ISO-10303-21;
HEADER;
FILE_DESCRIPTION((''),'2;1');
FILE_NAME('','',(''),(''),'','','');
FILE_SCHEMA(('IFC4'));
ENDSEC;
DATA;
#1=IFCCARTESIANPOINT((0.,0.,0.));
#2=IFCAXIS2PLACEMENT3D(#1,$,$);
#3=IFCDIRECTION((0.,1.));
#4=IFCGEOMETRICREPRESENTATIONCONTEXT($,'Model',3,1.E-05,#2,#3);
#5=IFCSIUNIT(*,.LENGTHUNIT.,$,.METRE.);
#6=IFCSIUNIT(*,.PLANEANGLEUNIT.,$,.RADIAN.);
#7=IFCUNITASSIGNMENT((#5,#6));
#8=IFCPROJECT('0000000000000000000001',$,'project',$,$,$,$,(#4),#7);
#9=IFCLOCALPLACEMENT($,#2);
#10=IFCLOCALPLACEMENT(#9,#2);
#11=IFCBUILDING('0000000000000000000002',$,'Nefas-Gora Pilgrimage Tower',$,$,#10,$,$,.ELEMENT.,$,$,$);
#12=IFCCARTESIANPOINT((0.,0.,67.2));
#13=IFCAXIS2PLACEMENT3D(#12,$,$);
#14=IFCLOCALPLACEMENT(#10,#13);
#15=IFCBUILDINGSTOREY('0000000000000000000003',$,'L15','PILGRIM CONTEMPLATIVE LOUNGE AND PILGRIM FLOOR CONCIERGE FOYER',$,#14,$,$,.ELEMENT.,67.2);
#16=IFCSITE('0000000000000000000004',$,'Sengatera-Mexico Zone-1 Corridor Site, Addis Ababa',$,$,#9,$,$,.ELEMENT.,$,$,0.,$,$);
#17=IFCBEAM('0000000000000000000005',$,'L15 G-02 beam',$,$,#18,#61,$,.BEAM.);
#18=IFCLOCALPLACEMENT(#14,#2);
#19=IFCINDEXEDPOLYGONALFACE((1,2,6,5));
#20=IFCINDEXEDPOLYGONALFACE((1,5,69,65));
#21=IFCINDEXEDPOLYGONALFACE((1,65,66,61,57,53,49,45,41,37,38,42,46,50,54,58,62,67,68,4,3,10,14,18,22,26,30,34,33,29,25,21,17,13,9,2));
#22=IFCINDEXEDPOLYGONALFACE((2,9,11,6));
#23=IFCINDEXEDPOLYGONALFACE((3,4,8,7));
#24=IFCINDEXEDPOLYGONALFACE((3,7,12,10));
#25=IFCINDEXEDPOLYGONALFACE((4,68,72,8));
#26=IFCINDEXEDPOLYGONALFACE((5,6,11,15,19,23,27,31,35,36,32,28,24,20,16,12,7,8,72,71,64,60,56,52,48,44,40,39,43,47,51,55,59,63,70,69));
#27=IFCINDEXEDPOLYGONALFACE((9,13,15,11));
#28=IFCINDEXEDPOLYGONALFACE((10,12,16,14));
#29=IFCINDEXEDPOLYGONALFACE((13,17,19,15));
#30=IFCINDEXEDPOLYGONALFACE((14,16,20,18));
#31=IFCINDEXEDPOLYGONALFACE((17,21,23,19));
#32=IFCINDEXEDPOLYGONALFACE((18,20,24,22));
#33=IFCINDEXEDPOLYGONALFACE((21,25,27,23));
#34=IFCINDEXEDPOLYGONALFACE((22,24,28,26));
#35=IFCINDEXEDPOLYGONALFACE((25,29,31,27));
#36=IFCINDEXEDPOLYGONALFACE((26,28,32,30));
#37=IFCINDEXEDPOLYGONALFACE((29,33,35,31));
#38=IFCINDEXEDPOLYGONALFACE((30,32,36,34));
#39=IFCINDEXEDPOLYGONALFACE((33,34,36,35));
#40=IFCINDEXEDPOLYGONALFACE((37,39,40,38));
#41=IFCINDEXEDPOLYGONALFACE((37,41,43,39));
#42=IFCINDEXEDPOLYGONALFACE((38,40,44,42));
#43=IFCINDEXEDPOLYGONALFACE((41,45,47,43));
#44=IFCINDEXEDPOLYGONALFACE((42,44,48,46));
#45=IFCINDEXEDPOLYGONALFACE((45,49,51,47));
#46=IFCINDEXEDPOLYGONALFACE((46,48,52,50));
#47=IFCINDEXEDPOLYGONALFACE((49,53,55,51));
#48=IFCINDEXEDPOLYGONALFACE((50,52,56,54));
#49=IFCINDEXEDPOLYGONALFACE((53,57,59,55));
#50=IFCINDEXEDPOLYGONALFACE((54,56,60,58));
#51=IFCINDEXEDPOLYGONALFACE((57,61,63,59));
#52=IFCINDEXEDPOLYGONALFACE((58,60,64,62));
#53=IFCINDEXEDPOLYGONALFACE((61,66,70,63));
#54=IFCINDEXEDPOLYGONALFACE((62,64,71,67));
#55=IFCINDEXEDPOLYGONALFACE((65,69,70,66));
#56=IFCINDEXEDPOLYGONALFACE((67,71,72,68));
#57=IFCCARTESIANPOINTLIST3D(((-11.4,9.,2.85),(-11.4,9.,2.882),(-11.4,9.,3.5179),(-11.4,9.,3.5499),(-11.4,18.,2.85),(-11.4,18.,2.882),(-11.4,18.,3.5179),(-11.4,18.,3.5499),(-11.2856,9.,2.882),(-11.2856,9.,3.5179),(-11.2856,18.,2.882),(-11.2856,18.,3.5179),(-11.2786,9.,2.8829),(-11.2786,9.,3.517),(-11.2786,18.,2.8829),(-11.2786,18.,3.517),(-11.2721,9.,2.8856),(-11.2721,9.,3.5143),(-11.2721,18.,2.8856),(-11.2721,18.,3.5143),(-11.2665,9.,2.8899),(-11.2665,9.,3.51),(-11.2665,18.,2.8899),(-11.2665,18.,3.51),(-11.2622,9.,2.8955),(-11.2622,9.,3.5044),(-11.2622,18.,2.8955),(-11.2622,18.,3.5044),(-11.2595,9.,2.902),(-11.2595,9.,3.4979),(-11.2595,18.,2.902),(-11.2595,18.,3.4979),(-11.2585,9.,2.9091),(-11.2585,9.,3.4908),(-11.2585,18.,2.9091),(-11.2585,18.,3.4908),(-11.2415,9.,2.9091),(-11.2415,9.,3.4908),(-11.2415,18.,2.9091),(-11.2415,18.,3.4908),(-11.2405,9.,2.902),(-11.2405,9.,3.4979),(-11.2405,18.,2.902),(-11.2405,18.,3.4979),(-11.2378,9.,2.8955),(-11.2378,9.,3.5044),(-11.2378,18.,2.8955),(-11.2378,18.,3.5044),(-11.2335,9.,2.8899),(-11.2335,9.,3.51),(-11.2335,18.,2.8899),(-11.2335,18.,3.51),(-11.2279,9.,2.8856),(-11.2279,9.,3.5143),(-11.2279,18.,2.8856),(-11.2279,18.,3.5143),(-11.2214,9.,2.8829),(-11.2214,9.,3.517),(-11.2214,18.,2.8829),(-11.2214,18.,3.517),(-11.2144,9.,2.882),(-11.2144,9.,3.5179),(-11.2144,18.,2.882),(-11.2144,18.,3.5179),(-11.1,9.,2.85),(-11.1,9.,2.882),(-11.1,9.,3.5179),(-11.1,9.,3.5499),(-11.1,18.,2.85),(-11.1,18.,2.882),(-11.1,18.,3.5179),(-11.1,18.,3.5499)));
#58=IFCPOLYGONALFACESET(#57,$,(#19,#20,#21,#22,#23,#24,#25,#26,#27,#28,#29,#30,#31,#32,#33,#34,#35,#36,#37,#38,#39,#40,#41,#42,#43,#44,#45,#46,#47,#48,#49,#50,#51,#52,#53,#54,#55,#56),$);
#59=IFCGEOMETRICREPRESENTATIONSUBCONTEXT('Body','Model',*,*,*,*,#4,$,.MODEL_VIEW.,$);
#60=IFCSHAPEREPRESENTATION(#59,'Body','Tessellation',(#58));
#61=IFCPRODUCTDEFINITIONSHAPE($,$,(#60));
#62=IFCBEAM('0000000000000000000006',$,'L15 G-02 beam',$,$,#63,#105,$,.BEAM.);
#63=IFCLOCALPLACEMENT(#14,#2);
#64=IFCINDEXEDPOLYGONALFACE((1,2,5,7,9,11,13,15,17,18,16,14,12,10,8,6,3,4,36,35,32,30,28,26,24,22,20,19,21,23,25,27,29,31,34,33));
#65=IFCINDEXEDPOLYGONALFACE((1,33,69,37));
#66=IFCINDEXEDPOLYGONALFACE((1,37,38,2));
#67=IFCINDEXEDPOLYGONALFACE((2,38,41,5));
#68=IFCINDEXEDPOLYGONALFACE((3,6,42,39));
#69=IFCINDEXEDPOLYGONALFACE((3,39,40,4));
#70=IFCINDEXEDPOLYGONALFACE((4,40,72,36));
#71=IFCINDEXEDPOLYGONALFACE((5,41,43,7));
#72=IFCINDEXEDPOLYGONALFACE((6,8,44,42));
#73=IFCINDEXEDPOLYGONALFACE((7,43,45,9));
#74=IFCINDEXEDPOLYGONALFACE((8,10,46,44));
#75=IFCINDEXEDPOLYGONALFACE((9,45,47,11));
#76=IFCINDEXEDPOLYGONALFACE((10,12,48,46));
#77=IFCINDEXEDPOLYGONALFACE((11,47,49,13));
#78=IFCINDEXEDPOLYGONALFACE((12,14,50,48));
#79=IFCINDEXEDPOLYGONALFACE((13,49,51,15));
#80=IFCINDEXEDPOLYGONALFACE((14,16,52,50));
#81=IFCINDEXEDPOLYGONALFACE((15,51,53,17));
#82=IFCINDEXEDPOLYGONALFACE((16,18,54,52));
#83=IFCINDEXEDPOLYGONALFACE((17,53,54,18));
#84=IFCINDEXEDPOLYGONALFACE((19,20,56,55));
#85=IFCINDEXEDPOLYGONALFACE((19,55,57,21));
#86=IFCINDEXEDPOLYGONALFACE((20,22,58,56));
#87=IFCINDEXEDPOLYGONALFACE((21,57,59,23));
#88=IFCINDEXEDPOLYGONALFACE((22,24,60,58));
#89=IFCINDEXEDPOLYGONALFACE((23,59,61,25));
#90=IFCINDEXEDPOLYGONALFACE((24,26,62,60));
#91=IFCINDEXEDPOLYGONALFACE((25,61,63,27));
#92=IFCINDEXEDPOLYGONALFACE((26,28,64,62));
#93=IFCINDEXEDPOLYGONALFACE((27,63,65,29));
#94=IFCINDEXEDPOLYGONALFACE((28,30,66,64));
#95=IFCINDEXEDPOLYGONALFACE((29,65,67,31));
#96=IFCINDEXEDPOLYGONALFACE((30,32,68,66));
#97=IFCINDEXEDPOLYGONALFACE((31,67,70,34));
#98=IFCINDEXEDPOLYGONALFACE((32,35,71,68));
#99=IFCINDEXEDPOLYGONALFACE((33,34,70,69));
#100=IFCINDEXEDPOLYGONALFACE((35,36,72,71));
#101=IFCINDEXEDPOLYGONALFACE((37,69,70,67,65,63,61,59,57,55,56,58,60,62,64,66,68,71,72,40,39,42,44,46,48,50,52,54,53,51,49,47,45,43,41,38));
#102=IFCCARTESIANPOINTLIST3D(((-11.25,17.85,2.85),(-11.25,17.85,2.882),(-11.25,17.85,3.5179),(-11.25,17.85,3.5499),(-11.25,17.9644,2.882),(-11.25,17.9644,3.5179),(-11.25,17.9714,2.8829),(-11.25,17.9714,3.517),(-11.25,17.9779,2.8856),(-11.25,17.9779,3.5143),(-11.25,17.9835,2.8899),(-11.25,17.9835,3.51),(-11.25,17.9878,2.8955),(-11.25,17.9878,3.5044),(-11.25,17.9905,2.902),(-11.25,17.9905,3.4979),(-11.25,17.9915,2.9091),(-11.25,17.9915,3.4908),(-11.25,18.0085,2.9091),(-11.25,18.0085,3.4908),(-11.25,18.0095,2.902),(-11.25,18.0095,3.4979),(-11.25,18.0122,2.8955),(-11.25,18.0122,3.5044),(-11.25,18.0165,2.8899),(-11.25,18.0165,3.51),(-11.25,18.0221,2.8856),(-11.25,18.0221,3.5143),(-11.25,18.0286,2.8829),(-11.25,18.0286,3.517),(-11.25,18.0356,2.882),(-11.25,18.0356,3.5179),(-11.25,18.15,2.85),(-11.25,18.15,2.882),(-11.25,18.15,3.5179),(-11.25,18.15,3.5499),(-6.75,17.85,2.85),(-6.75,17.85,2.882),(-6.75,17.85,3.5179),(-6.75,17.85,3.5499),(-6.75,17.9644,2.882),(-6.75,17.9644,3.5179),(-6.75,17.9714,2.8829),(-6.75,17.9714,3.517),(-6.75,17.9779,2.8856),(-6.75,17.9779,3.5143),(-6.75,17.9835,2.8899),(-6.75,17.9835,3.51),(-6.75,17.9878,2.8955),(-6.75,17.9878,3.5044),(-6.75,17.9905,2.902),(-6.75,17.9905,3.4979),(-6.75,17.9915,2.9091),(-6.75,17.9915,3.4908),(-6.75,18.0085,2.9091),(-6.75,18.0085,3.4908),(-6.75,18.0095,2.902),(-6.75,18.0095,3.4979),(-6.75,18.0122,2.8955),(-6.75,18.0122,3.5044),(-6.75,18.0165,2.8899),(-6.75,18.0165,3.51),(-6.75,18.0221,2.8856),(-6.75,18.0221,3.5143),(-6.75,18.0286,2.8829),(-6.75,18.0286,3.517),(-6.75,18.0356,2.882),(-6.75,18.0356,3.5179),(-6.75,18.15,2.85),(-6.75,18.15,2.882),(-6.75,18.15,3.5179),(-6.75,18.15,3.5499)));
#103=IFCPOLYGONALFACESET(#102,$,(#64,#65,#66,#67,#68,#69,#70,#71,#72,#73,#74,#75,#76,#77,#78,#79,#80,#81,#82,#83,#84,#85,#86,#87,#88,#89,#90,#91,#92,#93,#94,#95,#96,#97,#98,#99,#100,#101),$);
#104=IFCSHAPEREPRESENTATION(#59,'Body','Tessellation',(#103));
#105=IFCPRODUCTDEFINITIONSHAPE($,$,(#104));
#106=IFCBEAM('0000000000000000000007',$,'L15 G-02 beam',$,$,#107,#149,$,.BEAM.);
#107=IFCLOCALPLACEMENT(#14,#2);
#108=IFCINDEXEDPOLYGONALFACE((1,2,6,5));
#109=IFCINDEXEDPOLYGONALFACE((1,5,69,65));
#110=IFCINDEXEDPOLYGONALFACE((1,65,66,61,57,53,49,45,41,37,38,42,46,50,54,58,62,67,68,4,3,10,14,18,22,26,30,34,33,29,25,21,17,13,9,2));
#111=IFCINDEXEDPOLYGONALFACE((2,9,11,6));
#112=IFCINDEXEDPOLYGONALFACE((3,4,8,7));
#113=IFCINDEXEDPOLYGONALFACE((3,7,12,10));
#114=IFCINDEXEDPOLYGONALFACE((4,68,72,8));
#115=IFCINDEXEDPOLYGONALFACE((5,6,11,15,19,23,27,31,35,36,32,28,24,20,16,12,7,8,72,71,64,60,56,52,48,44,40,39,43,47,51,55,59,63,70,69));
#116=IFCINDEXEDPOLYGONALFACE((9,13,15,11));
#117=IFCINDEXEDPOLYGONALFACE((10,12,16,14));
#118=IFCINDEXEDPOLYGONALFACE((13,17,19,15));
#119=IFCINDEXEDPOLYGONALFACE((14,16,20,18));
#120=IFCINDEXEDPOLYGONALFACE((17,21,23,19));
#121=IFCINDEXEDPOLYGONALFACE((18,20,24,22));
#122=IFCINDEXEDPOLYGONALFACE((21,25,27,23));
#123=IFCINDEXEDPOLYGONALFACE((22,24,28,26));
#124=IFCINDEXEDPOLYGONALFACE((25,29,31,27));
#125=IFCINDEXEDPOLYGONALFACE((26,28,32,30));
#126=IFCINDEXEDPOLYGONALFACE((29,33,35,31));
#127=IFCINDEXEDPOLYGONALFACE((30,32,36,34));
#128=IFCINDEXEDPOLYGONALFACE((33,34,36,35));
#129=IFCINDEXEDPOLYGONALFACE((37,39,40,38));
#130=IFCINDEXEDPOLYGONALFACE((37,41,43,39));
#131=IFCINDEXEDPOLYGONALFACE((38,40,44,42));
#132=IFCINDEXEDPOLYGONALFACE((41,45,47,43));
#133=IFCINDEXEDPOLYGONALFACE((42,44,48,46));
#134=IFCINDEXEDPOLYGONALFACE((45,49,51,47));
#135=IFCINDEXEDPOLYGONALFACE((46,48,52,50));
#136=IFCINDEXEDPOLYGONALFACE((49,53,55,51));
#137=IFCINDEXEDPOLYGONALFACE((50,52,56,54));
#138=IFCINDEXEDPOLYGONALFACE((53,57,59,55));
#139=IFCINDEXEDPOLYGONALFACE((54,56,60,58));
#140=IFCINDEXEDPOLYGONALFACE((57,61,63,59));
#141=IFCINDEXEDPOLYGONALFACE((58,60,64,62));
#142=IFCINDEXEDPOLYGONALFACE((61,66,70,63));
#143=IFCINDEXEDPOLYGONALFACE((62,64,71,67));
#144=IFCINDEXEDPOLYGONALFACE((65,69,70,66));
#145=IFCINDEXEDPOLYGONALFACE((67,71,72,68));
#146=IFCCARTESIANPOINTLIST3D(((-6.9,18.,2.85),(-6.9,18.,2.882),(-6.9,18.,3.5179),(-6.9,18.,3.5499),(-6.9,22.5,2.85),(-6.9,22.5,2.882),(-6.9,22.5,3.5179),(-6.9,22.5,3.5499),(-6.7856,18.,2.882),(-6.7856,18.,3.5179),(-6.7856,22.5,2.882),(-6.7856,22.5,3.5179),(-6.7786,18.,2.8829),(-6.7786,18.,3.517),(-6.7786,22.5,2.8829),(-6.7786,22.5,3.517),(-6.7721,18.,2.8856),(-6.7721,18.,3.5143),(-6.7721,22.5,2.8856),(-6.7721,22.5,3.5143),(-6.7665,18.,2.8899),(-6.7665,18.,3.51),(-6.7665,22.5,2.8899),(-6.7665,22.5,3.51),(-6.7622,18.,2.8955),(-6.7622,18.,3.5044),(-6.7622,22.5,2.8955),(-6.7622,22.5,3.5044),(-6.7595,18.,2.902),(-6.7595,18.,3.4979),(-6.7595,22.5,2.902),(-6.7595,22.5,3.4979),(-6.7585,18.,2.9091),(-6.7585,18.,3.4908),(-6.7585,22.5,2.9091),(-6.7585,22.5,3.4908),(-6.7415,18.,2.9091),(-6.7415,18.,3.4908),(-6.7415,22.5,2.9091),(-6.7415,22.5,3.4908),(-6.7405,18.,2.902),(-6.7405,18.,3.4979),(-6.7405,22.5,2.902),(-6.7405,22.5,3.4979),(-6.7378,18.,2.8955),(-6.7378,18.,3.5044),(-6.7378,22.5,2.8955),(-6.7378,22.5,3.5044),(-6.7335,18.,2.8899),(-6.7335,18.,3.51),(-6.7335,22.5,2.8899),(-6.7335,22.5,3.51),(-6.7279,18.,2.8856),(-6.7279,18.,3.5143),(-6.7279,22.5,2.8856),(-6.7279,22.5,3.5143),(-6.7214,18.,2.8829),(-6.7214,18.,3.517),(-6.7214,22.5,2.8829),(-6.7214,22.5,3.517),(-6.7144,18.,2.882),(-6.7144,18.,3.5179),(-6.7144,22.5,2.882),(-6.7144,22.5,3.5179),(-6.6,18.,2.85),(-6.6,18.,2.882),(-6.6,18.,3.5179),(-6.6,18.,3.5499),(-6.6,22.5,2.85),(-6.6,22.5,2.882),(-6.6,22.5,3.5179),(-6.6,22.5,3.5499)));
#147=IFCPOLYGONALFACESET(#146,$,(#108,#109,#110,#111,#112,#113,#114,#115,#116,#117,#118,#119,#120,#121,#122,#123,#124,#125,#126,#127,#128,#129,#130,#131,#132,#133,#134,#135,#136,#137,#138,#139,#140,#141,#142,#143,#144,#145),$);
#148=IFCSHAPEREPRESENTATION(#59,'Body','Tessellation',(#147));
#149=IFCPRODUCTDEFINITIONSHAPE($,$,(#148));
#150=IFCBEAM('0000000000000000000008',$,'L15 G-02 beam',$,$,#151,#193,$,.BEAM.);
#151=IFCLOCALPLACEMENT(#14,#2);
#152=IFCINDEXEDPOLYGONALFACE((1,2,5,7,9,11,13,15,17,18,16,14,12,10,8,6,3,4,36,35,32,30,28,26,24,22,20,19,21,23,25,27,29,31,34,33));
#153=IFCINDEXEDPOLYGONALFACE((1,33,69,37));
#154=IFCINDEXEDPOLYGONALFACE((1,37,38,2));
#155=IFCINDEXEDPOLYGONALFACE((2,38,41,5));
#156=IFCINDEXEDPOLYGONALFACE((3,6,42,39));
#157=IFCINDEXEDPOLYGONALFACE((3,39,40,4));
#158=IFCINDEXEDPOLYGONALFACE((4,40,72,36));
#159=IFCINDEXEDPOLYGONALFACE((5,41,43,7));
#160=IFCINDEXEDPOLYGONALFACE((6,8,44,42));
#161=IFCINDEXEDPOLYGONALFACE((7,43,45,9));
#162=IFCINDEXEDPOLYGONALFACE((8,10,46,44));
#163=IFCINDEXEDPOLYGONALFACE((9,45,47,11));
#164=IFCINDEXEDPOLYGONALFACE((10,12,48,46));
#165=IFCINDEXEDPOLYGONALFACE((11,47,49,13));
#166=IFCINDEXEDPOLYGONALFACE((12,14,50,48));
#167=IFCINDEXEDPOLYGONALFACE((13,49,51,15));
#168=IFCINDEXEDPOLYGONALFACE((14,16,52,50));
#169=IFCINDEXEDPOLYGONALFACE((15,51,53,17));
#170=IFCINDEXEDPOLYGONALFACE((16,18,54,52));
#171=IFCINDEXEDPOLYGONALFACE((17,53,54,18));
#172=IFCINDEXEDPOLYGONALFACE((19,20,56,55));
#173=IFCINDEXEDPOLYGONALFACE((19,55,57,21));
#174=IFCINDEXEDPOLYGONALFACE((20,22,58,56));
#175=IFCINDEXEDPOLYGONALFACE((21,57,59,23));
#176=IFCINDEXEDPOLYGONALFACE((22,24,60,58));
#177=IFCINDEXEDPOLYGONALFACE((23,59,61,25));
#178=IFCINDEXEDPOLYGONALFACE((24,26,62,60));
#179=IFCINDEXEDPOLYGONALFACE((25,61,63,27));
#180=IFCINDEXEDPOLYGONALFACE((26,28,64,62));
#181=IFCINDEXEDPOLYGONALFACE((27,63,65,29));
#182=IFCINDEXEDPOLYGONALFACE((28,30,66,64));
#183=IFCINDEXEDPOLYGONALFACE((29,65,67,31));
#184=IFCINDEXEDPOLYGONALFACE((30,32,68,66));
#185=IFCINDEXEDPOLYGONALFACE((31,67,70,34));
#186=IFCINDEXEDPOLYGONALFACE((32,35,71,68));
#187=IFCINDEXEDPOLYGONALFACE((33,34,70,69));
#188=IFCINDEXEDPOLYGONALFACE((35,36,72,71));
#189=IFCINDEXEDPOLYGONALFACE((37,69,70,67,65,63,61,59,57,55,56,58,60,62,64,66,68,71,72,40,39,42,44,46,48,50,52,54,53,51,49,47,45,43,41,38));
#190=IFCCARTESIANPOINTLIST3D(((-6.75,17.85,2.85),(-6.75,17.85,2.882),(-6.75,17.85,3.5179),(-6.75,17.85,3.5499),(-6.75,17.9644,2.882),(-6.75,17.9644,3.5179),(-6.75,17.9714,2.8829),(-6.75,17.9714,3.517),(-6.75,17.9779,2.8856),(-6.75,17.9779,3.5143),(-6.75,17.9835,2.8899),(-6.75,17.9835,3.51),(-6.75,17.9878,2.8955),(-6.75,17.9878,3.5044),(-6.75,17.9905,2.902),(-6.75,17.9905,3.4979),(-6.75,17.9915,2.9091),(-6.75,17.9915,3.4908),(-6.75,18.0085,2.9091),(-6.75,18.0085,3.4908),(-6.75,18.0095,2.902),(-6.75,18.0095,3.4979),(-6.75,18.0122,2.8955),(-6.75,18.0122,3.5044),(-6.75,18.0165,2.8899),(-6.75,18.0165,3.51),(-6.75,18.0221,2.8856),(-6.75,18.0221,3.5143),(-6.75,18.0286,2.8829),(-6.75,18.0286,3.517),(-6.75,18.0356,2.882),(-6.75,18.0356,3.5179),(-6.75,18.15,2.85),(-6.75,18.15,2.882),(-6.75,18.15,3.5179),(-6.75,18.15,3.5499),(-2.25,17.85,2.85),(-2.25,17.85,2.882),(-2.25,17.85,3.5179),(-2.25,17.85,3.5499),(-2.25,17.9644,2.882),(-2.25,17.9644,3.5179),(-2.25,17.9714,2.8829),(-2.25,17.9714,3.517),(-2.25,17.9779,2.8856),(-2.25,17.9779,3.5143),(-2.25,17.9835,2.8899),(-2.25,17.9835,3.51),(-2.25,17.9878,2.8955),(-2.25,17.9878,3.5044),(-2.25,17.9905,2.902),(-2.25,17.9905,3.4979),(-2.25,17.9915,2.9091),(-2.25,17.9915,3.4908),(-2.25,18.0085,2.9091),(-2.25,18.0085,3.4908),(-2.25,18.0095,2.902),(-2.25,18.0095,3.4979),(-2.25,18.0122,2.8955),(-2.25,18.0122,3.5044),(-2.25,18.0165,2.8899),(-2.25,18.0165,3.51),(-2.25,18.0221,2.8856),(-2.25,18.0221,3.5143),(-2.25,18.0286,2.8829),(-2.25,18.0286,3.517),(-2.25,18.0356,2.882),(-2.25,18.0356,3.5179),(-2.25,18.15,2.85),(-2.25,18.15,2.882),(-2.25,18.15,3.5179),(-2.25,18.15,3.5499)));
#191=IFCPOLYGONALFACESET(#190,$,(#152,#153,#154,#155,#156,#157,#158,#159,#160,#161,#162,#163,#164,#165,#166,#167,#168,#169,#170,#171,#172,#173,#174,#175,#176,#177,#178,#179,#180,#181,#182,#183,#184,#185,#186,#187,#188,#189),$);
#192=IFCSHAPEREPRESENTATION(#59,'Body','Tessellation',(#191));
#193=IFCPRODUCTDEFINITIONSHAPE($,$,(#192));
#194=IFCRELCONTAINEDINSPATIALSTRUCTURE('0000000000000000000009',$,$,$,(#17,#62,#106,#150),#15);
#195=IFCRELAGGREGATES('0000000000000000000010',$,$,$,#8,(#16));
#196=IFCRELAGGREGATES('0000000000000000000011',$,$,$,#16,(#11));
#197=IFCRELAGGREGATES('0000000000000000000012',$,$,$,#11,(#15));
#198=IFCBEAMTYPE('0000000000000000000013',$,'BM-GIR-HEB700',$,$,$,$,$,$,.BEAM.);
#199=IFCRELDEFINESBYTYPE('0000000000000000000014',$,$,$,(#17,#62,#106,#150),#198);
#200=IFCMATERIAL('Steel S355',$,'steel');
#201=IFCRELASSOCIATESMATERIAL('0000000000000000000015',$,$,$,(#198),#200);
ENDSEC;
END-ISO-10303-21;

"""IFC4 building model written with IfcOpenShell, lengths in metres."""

from ifc_helpers import new_model, si_unit, direction, frame, origin, origin_2d, place, context, subcontext, project, spatial, i_section, extrude, source, transform, mapped, material, material_profile, profile_set, type_object, element, save


model = new_model("IFC4")

# Units and contexts
model_context = context("Model", 3, precision=1e-05, world=origin(), true_north=direction((0.0, 1.0)))
body_context = subcontext(model_context, "Body", "Model", "MODEL_VIEW")
ifc_project = project(units=[si_unit("LENGTHUNIT", "METRE"), si_unit("PLANEANGLEUNIT", "RADIAN")], contexts=[model_context])

# Site, building, storey
site_placement = place(None, origin())
site = spatial("IfcSite", under=ifc_project, at=site_placement, Name="Sengatera-Mexico Zone-1 Corridor Site, Addis Ababa", CompositionType="ELEMENT", RefElevation=0.0)
building_placement = place(site_placement, origin())
building = spatial("IfcBuilding", under=site, at=building_placement, Name="Nefas-Gora Pilgrimage Tower", CompositionType="ELEMENT")
storey_placement = place(building_placement, frame((0.0, 0.0, 67.2)))
storey = spatial("IfcBuildingStorey", under=building, at=storey_placement, Name="L15", Description="PILGRIM CONTEMPLATIVE LOUNGE AND PILGRIM FLOOR CONCIERGE FOYER", CompositionType="ELEMENT", Elevation=67.2)

# Beams
ifc_material_1 = material(Name="Steel S355", Category="steel")
ifc_material_profile_1 = material_profile(ifc_material_1, i_section(OverallWidth=0.3, OverallDepth=0.7, WebThickness=0.0171, FlangeThickness=0.032, FilletRadius=0.0271, at=origin_2d()), Name="HEB 700")
ifc_profile_set_1 = profile_set([ifc_material_profile_1], Name="Steel S355")
beam_type_1 = type_object("IfcBeamType", Name="BM-GIR-HEB700", PredefinedType="BEAM", material=ifc_profile_set_1)
shared_shape_1 = source(origin(), body_context, "Body", "SweptSolid", [
    extrude(i_section(OverallWidth=0.3, OverallDepth=0.7, WebThickness=0.0171, FlangeThickness=0.032, FilletRadius=0.0271, at=origin_2d()), origin(), (0.0, 0.0, 1.0), 9.0),
])
beam_1_placement = place(storey_placement, frame((-11.25, 9.0, 3.2), z_axis=(0.0, 1.0, 0.0), x_axis=(-1.0, 0.0, 0.0)))
element("IfcBeam", 1, at=beam_1_placement, inside=storey, type_object=beam_type_1, Name="L15 G-02 beam", PredefinedType="BEAM", context=body_context, shape_type="MappedRepresentation", body=[
    mapped(shared_shape_1, transform((0.0, 0.0, 0.0), x_axis=(1.0, 0.0, 0.0), y_axis=(0.0, 1.0, 0.0), z_axis=(0.0, 0.0, 1.0), scale=1.0)),
])
shared_shape_2 = source(origin(), body_context, "Body", "SweptSolid", [
    extrude(i_section(OverallWidth=0.3, OverallDepth=0.7, WebThickness=0.0171, FlangeThickness=0.032, FilletRadius=0.0271, at=origin_2d()), origin(), (0.0, 0.0, 1.0), 4.5),
])
for number, where, z_axis, x_axis, name in (
    (2, (-11.25, 18.0, 3.2), (1.0, 0.0, 0.0), (0.0, 1.0, 0.0), "L15 G-02 beam"),
    (3, (-6.75, 18.0, 3.2), (0.0, 1.0, 0.0), (-1.0, 0.0, 0.0), "L15 G-02 beam"),
    (4, (-6.75, 18.0, 3.2), (1.0, 0.0, 0.0), (0.0, 1.0, 0.0), "L15 G-02 beam"),
):
    element("IfcBeam", number, at=place(storey_placement, frame(where, z_axis=z_axis, x_axis=x_axis)), inside=storey, type_object=beam_type_1, Name=name, PredefinedType="BEAM", context=body_context, shape_type="MappedRepresentation", body=[
        mapped(shared_shape_2, transform((0.0, 0.0, 0.0), x_axis=(1.0, 0.0, 0.0), y_axis=(0.0, 1.0, 0.0), z_axis=(0.0, 0.0, 1.0), scale=1.0)),
    ])

save(model, "model.ifc")
